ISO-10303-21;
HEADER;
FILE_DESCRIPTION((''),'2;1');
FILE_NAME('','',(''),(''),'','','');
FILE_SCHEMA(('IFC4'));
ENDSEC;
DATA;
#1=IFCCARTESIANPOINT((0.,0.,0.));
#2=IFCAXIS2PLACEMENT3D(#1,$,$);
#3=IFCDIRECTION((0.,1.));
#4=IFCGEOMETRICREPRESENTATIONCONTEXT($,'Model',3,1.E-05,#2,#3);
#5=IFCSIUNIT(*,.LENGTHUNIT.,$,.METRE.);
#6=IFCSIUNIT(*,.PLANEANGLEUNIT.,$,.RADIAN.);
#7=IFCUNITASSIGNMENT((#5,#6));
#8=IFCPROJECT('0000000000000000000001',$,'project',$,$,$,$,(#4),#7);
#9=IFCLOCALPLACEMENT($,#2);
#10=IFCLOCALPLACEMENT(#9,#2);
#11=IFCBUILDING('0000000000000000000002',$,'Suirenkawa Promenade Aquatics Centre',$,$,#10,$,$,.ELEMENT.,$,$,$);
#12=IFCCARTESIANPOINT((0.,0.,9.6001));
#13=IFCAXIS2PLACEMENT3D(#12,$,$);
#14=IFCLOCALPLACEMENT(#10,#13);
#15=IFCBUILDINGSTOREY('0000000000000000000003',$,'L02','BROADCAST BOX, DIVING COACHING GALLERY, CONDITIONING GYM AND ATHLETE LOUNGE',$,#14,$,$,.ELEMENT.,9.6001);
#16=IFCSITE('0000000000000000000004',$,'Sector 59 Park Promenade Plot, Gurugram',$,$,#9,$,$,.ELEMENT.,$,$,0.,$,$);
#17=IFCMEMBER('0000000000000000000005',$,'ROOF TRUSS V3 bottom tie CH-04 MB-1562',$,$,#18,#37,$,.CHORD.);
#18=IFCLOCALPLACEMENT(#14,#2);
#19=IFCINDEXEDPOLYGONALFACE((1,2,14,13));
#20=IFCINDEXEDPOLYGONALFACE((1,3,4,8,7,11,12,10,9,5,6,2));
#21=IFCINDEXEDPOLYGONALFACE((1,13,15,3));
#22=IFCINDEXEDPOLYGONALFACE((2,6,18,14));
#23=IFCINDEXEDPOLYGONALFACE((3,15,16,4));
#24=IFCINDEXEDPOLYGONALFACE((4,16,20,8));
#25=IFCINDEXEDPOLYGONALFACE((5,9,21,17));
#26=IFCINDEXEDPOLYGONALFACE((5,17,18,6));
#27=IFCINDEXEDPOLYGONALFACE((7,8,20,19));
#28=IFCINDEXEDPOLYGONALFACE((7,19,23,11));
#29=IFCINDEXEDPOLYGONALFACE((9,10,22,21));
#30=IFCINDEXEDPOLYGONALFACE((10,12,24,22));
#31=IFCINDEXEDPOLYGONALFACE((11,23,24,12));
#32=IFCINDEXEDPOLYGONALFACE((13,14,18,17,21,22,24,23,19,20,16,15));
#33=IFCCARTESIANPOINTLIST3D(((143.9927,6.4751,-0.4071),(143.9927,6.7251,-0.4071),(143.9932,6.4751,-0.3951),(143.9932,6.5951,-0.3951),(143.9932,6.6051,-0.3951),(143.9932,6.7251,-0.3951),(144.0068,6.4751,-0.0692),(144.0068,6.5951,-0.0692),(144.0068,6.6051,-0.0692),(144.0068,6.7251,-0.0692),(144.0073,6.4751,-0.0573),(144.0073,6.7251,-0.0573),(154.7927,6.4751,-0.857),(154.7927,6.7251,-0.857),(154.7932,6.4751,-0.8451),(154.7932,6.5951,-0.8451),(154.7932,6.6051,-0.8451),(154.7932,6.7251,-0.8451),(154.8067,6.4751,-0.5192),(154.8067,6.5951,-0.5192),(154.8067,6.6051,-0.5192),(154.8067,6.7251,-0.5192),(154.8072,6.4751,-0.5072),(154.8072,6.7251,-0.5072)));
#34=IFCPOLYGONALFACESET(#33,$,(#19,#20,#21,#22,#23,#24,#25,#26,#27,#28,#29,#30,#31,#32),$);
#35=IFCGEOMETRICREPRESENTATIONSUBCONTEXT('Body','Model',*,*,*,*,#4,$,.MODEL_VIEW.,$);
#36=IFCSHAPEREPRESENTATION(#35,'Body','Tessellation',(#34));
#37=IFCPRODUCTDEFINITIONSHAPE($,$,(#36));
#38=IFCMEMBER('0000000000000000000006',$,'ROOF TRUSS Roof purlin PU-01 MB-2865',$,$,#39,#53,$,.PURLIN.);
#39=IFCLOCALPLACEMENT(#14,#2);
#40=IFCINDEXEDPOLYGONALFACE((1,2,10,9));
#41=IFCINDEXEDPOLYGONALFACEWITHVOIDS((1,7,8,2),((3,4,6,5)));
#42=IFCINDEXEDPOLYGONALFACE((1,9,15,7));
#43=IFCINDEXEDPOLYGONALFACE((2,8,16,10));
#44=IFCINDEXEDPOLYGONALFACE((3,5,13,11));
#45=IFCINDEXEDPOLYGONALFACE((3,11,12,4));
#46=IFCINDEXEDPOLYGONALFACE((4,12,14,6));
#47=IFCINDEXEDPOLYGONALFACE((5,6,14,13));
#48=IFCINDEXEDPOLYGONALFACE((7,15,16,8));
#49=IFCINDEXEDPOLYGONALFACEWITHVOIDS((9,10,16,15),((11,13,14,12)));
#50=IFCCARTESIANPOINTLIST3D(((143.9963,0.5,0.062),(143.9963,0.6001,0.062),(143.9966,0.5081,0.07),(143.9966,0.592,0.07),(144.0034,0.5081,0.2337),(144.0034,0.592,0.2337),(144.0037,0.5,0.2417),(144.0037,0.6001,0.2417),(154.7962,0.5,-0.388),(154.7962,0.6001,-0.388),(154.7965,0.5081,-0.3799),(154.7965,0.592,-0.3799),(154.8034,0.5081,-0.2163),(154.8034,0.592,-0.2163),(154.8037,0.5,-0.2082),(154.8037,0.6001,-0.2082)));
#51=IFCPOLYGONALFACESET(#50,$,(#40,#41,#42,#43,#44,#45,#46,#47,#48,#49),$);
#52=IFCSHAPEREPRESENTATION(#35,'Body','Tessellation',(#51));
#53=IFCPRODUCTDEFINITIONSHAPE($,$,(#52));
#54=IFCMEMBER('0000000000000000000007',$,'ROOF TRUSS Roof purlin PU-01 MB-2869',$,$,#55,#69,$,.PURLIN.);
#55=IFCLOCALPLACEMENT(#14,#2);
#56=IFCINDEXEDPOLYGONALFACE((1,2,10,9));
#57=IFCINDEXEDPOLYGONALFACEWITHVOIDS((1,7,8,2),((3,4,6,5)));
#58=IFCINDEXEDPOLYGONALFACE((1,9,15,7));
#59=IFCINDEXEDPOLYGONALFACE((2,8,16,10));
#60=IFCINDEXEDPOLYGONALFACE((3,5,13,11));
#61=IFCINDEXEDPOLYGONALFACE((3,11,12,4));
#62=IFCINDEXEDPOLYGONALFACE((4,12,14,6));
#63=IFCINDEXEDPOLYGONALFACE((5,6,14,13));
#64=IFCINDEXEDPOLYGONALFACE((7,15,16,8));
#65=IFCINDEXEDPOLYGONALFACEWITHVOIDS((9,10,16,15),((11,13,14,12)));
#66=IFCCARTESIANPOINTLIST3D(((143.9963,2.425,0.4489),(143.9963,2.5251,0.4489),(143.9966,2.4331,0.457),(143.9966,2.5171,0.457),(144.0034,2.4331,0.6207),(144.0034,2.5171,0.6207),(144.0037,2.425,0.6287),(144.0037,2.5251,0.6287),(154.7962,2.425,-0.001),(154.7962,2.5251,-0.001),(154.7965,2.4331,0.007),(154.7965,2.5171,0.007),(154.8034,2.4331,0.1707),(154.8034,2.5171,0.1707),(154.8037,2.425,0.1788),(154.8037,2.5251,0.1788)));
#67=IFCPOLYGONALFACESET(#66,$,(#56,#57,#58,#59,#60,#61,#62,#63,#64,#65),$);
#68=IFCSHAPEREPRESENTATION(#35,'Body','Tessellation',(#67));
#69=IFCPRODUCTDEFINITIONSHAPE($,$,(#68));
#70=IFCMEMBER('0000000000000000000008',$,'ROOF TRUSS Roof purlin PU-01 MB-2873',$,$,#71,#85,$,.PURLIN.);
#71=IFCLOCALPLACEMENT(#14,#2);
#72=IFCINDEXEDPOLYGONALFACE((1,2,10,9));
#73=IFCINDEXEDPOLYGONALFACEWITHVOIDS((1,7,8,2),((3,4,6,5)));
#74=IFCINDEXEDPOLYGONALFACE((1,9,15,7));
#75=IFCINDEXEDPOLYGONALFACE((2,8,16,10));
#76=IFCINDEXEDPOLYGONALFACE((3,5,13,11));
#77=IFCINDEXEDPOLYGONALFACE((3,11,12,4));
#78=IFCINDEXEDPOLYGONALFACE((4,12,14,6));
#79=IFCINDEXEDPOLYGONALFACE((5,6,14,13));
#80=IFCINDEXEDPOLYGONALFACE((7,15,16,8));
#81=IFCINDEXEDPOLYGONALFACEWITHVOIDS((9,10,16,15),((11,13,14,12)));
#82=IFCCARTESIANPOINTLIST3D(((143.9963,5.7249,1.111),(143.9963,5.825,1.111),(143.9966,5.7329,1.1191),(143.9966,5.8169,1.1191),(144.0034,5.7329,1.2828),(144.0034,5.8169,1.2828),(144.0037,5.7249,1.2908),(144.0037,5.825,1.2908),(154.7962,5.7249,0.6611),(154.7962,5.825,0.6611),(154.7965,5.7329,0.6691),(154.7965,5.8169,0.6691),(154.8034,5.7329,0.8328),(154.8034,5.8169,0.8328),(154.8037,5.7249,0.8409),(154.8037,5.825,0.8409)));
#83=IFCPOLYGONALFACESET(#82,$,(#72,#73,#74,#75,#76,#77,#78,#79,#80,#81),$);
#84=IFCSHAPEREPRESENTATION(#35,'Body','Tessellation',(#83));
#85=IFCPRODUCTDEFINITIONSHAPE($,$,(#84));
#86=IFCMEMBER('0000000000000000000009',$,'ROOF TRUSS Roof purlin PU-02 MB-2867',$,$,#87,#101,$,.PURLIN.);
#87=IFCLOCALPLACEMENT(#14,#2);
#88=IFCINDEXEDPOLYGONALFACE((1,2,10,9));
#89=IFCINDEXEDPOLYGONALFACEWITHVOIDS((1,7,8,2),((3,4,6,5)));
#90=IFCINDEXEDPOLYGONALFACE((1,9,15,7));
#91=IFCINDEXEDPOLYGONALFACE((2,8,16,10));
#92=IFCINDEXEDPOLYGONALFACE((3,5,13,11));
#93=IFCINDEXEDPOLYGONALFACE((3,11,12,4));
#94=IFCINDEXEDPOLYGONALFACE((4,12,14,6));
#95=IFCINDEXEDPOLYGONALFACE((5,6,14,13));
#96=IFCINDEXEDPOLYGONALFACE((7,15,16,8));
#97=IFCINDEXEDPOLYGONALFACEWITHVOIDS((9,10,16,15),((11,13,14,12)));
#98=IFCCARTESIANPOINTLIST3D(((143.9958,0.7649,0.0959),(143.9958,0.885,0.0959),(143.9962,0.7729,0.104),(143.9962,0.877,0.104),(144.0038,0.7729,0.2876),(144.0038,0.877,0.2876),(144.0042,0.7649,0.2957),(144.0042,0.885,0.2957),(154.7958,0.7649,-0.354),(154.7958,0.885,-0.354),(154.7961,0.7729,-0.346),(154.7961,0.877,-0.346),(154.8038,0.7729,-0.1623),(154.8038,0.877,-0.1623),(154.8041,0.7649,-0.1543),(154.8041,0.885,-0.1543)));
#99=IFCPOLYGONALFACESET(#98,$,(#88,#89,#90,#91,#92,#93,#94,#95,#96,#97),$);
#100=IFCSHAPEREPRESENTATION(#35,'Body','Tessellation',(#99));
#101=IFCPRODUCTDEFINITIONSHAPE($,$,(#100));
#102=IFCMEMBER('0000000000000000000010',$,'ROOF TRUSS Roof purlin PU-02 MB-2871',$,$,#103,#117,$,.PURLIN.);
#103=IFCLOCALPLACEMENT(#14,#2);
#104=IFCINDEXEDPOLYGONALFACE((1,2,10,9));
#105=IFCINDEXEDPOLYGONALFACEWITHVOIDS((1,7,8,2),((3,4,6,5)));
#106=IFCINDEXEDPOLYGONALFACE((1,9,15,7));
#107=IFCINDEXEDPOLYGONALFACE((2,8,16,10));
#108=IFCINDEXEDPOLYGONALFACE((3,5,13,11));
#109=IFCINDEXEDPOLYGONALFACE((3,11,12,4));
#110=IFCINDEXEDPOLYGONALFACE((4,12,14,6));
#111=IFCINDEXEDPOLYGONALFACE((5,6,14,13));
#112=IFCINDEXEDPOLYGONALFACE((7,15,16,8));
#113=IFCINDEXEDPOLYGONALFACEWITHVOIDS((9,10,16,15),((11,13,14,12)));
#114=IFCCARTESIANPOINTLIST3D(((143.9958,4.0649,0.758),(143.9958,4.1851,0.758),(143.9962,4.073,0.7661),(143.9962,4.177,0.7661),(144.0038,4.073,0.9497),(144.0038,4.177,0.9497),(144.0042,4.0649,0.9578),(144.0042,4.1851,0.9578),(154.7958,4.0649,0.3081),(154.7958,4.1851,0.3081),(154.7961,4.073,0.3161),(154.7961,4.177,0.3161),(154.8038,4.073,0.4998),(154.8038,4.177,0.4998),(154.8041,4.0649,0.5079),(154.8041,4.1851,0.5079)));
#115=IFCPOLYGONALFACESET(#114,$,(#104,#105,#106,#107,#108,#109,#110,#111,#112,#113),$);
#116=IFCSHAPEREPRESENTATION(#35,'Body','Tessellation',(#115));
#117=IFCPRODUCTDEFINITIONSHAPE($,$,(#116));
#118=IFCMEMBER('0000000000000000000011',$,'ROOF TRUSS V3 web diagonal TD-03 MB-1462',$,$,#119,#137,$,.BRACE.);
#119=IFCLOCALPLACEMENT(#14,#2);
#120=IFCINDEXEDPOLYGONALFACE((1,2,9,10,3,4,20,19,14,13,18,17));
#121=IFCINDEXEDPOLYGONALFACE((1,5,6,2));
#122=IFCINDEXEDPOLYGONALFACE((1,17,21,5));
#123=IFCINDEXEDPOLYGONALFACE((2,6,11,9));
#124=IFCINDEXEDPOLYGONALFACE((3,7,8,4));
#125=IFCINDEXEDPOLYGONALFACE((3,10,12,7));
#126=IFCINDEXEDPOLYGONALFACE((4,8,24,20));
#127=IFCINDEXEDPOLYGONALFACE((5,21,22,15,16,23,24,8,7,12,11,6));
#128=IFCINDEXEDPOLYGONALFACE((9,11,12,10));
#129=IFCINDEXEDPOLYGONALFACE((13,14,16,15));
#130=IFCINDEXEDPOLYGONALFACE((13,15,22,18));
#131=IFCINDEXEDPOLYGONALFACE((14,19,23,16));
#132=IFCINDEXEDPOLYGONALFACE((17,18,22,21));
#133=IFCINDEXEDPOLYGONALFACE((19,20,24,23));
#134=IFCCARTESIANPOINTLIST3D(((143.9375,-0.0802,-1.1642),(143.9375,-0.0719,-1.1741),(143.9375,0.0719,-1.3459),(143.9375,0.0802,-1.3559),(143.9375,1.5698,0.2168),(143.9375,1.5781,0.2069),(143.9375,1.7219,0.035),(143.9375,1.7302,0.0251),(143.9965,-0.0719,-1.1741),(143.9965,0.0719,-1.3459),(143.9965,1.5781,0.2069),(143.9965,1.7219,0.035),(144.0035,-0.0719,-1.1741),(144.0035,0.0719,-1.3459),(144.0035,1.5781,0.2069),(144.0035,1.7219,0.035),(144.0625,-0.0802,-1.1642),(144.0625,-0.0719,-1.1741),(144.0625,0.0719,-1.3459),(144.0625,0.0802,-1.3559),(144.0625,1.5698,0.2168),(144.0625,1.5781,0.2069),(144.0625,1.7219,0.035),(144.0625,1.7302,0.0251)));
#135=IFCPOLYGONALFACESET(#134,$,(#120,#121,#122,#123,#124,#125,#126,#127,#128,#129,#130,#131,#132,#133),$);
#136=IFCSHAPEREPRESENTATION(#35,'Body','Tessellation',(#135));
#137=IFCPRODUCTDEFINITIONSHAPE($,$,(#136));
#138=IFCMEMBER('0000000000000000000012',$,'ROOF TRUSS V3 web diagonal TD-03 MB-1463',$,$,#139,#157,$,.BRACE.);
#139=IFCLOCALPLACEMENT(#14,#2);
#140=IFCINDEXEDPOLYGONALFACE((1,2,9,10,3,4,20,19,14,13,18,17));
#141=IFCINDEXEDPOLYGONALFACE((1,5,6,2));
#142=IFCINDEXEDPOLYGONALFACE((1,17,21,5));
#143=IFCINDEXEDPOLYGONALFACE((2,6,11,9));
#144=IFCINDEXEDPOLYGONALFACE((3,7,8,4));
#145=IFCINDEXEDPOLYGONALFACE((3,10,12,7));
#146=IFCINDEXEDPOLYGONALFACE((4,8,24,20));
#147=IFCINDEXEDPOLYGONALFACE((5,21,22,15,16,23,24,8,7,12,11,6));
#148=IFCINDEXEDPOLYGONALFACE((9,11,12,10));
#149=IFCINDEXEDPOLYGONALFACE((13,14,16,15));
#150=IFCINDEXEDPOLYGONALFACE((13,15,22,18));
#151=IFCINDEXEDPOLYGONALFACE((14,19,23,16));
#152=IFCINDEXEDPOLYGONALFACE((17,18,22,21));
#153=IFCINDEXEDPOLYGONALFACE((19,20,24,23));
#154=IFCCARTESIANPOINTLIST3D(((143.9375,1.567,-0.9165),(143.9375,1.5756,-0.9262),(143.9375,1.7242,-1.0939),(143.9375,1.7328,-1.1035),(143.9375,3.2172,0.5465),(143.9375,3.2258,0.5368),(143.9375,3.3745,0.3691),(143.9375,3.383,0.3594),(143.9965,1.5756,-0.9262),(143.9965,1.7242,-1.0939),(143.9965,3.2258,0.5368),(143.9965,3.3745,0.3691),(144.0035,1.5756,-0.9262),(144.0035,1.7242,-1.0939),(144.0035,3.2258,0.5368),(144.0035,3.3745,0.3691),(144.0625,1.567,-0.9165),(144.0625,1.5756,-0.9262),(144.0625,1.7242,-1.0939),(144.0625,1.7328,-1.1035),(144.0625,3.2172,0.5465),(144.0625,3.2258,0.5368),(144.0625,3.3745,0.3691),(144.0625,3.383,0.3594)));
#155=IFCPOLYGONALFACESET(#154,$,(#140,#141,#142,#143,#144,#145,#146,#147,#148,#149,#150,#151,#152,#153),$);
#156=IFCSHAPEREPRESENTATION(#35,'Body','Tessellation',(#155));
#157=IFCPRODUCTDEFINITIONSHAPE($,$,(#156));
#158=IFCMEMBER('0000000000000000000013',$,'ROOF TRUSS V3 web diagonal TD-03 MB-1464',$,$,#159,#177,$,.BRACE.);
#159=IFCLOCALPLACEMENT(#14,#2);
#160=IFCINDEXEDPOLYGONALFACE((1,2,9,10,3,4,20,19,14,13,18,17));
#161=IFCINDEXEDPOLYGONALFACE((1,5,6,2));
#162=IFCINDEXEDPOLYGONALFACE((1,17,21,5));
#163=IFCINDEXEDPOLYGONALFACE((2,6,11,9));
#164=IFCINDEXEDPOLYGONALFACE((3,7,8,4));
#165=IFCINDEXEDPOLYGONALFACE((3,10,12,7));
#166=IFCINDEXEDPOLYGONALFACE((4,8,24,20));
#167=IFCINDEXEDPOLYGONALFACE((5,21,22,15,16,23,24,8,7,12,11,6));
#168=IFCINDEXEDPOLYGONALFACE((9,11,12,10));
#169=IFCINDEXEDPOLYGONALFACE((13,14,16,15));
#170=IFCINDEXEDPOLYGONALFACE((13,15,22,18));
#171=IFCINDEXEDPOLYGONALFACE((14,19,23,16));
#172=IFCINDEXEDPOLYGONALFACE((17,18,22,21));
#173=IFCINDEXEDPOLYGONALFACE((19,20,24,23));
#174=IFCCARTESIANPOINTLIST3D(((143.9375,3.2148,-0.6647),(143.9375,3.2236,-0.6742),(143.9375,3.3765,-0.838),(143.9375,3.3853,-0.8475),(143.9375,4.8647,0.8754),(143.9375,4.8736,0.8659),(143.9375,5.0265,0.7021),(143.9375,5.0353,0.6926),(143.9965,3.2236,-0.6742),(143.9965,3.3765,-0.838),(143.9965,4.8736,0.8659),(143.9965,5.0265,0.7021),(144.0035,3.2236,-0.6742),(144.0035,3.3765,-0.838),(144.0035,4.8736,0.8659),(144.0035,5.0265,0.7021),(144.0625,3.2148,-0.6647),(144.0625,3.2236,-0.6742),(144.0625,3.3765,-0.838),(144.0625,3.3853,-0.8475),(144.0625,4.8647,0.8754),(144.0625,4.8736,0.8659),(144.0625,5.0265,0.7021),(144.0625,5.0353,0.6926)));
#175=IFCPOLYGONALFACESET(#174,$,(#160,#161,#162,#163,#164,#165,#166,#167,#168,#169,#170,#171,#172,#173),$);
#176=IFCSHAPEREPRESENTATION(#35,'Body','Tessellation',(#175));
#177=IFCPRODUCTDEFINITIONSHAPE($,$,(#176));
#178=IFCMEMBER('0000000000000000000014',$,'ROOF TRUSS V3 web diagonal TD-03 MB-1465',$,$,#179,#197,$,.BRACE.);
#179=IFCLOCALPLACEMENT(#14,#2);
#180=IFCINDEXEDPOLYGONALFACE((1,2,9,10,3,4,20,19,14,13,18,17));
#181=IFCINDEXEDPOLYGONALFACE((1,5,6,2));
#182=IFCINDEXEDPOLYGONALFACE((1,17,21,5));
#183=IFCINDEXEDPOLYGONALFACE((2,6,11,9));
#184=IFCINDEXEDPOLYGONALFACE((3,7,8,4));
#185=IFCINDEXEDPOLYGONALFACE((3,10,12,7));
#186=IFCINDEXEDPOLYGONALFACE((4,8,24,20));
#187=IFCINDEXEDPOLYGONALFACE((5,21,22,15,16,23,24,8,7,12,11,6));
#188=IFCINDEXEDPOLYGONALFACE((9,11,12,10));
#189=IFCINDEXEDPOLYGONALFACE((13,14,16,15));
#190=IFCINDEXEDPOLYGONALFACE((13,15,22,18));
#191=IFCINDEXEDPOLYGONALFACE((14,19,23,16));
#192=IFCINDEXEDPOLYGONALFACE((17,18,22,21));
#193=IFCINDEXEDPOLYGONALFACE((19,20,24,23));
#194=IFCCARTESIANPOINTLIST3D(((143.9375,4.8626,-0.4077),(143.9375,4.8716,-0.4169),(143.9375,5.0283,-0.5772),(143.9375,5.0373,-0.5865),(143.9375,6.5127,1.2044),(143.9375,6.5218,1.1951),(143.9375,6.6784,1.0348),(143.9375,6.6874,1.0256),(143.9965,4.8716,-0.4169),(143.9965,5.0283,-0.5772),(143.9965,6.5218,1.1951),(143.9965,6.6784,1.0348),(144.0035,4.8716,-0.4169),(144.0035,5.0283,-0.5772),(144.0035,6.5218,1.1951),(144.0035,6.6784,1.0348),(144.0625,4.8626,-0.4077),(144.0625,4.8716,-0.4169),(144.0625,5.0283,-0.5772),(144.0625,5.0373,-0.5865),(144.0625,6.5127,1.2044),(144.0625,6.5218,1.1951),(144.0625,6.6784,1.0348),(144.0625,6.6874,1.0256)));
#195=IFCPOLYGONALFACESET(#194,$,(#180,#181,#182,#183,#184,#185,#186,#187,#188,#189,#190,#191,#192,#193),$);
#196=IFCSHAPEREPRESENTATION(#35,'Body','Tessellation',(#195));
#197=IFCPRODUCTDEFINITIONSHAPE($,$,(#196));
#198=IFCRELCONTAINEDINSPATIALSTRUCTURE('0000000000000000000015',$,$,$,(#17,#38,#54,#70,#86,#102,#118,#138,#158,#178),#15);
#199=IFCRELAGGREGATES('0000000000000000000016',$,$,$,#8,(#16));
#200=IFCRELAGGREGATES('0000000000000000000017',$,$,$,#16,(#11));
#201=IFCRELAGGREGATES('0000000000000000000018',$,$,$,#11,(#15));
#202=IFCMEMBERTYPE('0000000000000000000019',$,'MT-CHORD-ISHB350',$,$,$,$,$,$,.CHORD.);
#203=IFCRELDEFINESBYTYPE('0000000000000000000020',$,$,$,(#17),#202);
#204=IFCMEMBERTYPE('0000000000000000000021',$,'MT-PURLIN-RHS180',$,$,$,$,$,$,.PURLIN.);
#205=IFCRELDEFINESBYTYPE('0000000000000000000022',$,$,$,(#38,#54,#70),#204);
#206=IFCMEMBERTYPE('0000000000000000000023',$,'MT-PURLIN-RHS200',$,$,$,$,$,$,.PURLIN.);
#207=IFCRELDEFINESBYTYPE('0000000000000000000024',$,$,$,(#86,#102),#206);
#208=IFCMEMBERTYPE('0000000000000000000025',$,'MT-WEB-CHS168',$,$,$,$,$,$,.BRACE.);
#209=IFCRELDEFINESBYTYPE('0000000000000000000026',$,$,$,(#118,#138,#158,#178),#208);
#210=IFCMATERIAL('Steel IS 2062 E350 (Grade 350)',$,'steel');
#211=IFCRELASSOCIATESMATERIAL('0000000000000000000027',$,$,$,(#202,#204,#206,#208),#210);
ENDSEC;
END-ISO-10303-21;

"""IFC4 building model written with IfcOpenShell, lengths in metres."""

from ifc_helpers import new_model, si_unit, direction, frame, origin, origin_2d, place, context, subcontext, project, spatial, hollow_rectangle, i_section, extrude, material, material_profile, profile_set, type_object, element, save


model = new_model("IFC4")

# Units and contexts
model_context = context("Model", 3, precision=1e-05, world=origin(), true_north=direction((0.0, 1.0)))
body_context = subcontext(model_context, "Body", "Model", "MODEL_VIEW")
ifc_project = project(units=[si_unit("LENGTHUNIT", "METRE"), si_unit("PLANEANGLEUNIT", "RADIAN")], contexts=[model_context])

# Site, building, storey
site_placement = place(None, origin())
site = spatial("IfcSite", under=ifc_project, at=site_placement, Name="Sector 59 Park Promenade Plot, Gurugram", CompositionType="ELEMENT", RefElevation=0.0)
building_placement = place(site_placement, origin())
building = spatial("IfcBuilding", under=site, at=building_placement, Name="Suirenkawa Promenade Aquatics Centre", CompositionType="ELEMENT")
storey_placement = place(building_placement, frame((0.0, 0.0, 9.6001)))
storey = spatial("IfcBuildingStorey", under=building, at=storey_placement, Name="L02", Description="BROADCAST BOX, DIVING COACHING GALLERY, CONDITIONING GYM AND ATHLETE LOUNGE", CompositionType="ELEMENT", Elevation=9.6001)

# Shared definitions
ifc_material = material(Name="Steel IS 2062 E350 (Grade 350)", Category="steel")

# Members
ifc_material_profile_1 = material_profile(ifc_material, i_section(OverallWidth=0.25, OverallDepth=0.3501, WebThickness=0.01, FlangeThickness=0.012, at=origin_2d()), Name="ISHB 350", Category="steel")
ifc_profile_set_1 = profile_set([ifc_material_profile_1], Name="Steel IS 2062 E350 (Grade 350)")
member_type_1 = type_object("IfcMemberType", Name="MT-CHORD-ISHB350", PredefinedType="CHORD", material=ifc_profile_set_1)
for number, where, z_axis, x_axis, name in (
    (1, (144.0, 6.6001, -0.2322), (0.999133, 0.0, -0.041626), (0.0, 1.0, 0.0), "ROOF TRUSS V3 bottom tie CH-04 MB-1562"),
):
    element("IfcMember", number, at=place(storey_placement, frame(where, z_axis=z_axis, x_axis=x_axis)), inside=storey, type_object=member_type_1, Name=name, PredefinedType="CHORD", context=body_context, shape_type="SweptSolid", body=[
        extrude(i_section(OverallWidth=0.25, OverallDepth=0.3501, WebThickness=0.01, FlangeThickness=0.012, at=origin_2d()), origin(), (0.0, 0.0, 1.0), 10.8093),
    ])
ifc_material_profile_2 = material_profile(ifc_material, hollow_rectangle(XDim=0.1001, YDim=0.1799, WallThickness=0.0081, at=origin_2d()), Name="RHS 180x100x8", Category="steel")
ifc_profile_set_2 = profile_set([ifc_material_profile_2], Name="Steel IS 2062 E350 (Grade 350)")
member_type_2 = type_object("IfcMemberType", Name="MT-PURLIN-RHS180", PredefinedType="PURLIN", material=ifc_profile_set_2)
for number, where, z_axis, x_axis, name in (
    (2, (144.0, 0.55, 0.1519), (0.999133, 0.0, -0.041626), (0.0, 1.0, 0.0), "ROOF TRUSS Roof purlin PU-01 MB-2865"),
    (3, (144.0, 2.4751, 0.5388), (0.999133, 0.0, -0.041626), (0.0, 1.0, 0.0), "ROOF TRUSS Roof purlin PU-01 MB-2869"),
    (4, (144.0, 5.7749, 1.2009), (0.999133, 0.0, -0.041626), (0.0, 1.0, 0.0), "ROOF TRUSS Roof purlin PU-01 MB-2873"),
):
    element("IfcMember", number, at=place(storey_placement, frame(where, z_axis=z_axis, x_axis=x_axis)), inside=storey, type_object=member_type_2, Name=name, PredefinedType="PURLIN", context=body_context, shape_type="SweptSolid", body=[
        extrude(hollow_rectangle(XDim=0.1001, YDim=0.1799, WallThickness=0.0081, at=origin_2d()), origin(), (0.0, 0.0, 1.0), 10.8093),
    ])
ifc_material_profile_3 = material_profile(ifc_material, hollow_rectangle(XDim=0.1201, YDim=0.2, WallThickness=0.0081, at=origin_2d()), Name="RHS 200x120x8", Category="steel")
ifc_profile_set_3 = profile_set([ifc_material_profile_3], Name="Steel IS 2062 E350 (Grade 350)")
member_type_3 = type_object("IfcMemberType", Name="MT-PURLIN-RHS200", PredefinedType="PURLIN", material=ifc_profile_set_3)
for number, where, z_axis, x_axis, name in (
    (5, (144.0, 0.825, 0.1958), (0.999133, 0.0, -0.041626), (0.0, 1.0, 0.0), "ROOF TRUSS Roof purlin PU-02 MB-2867"),
    (6, (144.0, 4.125, 0.8579), (0.999133, 0.0, -0.041626), (0.0, 1.0, 0.0), "ROOF TRUSS Roof purlin PU-02 MB-2871"),
):
    element("IfcMember", number, at=place(storey_placement, frame(where, z_axis=z_axis, x_axis=x_axis)), inside=storey, type_object=member_type_3, Name=name, PredefinedType="PURLIN", context=body_context, shape_type="SweptSolid", body=[
        extrude(hollow_rectangle(XDim=0.1201, YDim=0.2, WallThickness=0.0081, at=origin_2d()), origin(), (0.0, 0.0, 1.0), 10.8093),
    ])
ifc_material_profile_4 = material_profile(ifc_material, i_section(OverallWidth=0.125, OverallDepth=0.25, WebThickness=0.0071, FlangeThickness=0.0129, at=origin_2d()), Name="ISMB 250", Category="steel")
ifc_profile_set_4 = profile_set([ifc_material_profile_4], Name="Steel IS 2062 E350 (Grade 350)")
member_type_4 = type_object("IfcMemberType", Name="MT-WEB-CHS168", PredefinedType="BRACE", material=ifc_profile_set_4)
member_1_placement = place(storey_placement, frame((144.0, 0.0, -1.26), z_axis=(0.0, 0.766862, 0.641813), x_axis=(-1.0, 0.0, 0.0)))
element("IfcMember", 7, at=member_1_placement, inside=storey, type_object=member_type_4, Name="ROOF TRUSS V3 web diagonal TD-03 MB-1462", PredefinedType="BRACE", context=body_context, shape_type="SweptSolid", body=[
    extrude(i_section(OverallWidth=0.125, OverallDepth=0.25, WebThickness=0.0071, FlangeThickness=0.0129, at=origin_2d()), origin(), (0.0, 0.0, 1.0), 2.1516),
])
member_2_placement = place(storey_placement, frame((144.0, 1.6499, -1.01), z_axis=(0.0, 0.748288, 0.663374), x_axis=(-1.0, 0.0, 0.0)))
element("IfcMember", 8, at=member_2_placement, inside=storey, type_object=member_type_4, Name="ROOF TRUSS V3 web diagonal TD-03 MB-1463", PredefinedType="BRACE", context=body_context, shape_type="SweptSolid", body=[
    extrude(i_section(OverallWidth=0.125, OverallDepth=0.25, WebThickness=0.0071, FlangeThickness=0.0129, at=origin_2d()), origin(), (0.0, 0.0, 1.0), 2.2053),
])
member_3_placement = place(storey_placement, frame((144.0, 3.3, -0.7561), z_axis=(0.0, 0.731026, 0.682349), x_axis=(-1.0, 0.0, 0.0)))
element("IfcMember", 9, at=member_3_placement, inside=storey, type_object=member_type_4, Name="ROOF TRUSS V3 web diagonal TD-03 MB-1464", PredefinedType="BRACE", context=body_context, shape_type="SweptSolid", body=[
    extrude(i_section(OverallWidth=0.125, OverallDepth=0.25, WebThickness=0.0071, FlangeThickness=0.0129, at=origin_2d()), origin(), (0.0, 0.0, 1.0), 2.2571),
])
member_4_placement = place(storey_placement, frame((144.0, 4.95, -0.4971), z_axis=(0.0, 0.715313, 0.698804), x_axis=(-1.0, 0.0, 0.0)))
element("IfcMember", 10, at=member_4_placement, inside=storey, type_object=member_type_4, Name="ROOF TRUSS V3 web diagonal TD-03 MB-1465", PredefinedType="BRACE", context=body_context, shape_type="SweptSolid", body=[
    extrude(i_section(OverallWidth=0.125, OverallDepth=0.25, WebThickness=0.0071, FlangeThickness=0.0129, at=origin_2d()), origin(), (0.0, 0.0, 1.0), 2.3069),
])

save(model, "model.ifc")
